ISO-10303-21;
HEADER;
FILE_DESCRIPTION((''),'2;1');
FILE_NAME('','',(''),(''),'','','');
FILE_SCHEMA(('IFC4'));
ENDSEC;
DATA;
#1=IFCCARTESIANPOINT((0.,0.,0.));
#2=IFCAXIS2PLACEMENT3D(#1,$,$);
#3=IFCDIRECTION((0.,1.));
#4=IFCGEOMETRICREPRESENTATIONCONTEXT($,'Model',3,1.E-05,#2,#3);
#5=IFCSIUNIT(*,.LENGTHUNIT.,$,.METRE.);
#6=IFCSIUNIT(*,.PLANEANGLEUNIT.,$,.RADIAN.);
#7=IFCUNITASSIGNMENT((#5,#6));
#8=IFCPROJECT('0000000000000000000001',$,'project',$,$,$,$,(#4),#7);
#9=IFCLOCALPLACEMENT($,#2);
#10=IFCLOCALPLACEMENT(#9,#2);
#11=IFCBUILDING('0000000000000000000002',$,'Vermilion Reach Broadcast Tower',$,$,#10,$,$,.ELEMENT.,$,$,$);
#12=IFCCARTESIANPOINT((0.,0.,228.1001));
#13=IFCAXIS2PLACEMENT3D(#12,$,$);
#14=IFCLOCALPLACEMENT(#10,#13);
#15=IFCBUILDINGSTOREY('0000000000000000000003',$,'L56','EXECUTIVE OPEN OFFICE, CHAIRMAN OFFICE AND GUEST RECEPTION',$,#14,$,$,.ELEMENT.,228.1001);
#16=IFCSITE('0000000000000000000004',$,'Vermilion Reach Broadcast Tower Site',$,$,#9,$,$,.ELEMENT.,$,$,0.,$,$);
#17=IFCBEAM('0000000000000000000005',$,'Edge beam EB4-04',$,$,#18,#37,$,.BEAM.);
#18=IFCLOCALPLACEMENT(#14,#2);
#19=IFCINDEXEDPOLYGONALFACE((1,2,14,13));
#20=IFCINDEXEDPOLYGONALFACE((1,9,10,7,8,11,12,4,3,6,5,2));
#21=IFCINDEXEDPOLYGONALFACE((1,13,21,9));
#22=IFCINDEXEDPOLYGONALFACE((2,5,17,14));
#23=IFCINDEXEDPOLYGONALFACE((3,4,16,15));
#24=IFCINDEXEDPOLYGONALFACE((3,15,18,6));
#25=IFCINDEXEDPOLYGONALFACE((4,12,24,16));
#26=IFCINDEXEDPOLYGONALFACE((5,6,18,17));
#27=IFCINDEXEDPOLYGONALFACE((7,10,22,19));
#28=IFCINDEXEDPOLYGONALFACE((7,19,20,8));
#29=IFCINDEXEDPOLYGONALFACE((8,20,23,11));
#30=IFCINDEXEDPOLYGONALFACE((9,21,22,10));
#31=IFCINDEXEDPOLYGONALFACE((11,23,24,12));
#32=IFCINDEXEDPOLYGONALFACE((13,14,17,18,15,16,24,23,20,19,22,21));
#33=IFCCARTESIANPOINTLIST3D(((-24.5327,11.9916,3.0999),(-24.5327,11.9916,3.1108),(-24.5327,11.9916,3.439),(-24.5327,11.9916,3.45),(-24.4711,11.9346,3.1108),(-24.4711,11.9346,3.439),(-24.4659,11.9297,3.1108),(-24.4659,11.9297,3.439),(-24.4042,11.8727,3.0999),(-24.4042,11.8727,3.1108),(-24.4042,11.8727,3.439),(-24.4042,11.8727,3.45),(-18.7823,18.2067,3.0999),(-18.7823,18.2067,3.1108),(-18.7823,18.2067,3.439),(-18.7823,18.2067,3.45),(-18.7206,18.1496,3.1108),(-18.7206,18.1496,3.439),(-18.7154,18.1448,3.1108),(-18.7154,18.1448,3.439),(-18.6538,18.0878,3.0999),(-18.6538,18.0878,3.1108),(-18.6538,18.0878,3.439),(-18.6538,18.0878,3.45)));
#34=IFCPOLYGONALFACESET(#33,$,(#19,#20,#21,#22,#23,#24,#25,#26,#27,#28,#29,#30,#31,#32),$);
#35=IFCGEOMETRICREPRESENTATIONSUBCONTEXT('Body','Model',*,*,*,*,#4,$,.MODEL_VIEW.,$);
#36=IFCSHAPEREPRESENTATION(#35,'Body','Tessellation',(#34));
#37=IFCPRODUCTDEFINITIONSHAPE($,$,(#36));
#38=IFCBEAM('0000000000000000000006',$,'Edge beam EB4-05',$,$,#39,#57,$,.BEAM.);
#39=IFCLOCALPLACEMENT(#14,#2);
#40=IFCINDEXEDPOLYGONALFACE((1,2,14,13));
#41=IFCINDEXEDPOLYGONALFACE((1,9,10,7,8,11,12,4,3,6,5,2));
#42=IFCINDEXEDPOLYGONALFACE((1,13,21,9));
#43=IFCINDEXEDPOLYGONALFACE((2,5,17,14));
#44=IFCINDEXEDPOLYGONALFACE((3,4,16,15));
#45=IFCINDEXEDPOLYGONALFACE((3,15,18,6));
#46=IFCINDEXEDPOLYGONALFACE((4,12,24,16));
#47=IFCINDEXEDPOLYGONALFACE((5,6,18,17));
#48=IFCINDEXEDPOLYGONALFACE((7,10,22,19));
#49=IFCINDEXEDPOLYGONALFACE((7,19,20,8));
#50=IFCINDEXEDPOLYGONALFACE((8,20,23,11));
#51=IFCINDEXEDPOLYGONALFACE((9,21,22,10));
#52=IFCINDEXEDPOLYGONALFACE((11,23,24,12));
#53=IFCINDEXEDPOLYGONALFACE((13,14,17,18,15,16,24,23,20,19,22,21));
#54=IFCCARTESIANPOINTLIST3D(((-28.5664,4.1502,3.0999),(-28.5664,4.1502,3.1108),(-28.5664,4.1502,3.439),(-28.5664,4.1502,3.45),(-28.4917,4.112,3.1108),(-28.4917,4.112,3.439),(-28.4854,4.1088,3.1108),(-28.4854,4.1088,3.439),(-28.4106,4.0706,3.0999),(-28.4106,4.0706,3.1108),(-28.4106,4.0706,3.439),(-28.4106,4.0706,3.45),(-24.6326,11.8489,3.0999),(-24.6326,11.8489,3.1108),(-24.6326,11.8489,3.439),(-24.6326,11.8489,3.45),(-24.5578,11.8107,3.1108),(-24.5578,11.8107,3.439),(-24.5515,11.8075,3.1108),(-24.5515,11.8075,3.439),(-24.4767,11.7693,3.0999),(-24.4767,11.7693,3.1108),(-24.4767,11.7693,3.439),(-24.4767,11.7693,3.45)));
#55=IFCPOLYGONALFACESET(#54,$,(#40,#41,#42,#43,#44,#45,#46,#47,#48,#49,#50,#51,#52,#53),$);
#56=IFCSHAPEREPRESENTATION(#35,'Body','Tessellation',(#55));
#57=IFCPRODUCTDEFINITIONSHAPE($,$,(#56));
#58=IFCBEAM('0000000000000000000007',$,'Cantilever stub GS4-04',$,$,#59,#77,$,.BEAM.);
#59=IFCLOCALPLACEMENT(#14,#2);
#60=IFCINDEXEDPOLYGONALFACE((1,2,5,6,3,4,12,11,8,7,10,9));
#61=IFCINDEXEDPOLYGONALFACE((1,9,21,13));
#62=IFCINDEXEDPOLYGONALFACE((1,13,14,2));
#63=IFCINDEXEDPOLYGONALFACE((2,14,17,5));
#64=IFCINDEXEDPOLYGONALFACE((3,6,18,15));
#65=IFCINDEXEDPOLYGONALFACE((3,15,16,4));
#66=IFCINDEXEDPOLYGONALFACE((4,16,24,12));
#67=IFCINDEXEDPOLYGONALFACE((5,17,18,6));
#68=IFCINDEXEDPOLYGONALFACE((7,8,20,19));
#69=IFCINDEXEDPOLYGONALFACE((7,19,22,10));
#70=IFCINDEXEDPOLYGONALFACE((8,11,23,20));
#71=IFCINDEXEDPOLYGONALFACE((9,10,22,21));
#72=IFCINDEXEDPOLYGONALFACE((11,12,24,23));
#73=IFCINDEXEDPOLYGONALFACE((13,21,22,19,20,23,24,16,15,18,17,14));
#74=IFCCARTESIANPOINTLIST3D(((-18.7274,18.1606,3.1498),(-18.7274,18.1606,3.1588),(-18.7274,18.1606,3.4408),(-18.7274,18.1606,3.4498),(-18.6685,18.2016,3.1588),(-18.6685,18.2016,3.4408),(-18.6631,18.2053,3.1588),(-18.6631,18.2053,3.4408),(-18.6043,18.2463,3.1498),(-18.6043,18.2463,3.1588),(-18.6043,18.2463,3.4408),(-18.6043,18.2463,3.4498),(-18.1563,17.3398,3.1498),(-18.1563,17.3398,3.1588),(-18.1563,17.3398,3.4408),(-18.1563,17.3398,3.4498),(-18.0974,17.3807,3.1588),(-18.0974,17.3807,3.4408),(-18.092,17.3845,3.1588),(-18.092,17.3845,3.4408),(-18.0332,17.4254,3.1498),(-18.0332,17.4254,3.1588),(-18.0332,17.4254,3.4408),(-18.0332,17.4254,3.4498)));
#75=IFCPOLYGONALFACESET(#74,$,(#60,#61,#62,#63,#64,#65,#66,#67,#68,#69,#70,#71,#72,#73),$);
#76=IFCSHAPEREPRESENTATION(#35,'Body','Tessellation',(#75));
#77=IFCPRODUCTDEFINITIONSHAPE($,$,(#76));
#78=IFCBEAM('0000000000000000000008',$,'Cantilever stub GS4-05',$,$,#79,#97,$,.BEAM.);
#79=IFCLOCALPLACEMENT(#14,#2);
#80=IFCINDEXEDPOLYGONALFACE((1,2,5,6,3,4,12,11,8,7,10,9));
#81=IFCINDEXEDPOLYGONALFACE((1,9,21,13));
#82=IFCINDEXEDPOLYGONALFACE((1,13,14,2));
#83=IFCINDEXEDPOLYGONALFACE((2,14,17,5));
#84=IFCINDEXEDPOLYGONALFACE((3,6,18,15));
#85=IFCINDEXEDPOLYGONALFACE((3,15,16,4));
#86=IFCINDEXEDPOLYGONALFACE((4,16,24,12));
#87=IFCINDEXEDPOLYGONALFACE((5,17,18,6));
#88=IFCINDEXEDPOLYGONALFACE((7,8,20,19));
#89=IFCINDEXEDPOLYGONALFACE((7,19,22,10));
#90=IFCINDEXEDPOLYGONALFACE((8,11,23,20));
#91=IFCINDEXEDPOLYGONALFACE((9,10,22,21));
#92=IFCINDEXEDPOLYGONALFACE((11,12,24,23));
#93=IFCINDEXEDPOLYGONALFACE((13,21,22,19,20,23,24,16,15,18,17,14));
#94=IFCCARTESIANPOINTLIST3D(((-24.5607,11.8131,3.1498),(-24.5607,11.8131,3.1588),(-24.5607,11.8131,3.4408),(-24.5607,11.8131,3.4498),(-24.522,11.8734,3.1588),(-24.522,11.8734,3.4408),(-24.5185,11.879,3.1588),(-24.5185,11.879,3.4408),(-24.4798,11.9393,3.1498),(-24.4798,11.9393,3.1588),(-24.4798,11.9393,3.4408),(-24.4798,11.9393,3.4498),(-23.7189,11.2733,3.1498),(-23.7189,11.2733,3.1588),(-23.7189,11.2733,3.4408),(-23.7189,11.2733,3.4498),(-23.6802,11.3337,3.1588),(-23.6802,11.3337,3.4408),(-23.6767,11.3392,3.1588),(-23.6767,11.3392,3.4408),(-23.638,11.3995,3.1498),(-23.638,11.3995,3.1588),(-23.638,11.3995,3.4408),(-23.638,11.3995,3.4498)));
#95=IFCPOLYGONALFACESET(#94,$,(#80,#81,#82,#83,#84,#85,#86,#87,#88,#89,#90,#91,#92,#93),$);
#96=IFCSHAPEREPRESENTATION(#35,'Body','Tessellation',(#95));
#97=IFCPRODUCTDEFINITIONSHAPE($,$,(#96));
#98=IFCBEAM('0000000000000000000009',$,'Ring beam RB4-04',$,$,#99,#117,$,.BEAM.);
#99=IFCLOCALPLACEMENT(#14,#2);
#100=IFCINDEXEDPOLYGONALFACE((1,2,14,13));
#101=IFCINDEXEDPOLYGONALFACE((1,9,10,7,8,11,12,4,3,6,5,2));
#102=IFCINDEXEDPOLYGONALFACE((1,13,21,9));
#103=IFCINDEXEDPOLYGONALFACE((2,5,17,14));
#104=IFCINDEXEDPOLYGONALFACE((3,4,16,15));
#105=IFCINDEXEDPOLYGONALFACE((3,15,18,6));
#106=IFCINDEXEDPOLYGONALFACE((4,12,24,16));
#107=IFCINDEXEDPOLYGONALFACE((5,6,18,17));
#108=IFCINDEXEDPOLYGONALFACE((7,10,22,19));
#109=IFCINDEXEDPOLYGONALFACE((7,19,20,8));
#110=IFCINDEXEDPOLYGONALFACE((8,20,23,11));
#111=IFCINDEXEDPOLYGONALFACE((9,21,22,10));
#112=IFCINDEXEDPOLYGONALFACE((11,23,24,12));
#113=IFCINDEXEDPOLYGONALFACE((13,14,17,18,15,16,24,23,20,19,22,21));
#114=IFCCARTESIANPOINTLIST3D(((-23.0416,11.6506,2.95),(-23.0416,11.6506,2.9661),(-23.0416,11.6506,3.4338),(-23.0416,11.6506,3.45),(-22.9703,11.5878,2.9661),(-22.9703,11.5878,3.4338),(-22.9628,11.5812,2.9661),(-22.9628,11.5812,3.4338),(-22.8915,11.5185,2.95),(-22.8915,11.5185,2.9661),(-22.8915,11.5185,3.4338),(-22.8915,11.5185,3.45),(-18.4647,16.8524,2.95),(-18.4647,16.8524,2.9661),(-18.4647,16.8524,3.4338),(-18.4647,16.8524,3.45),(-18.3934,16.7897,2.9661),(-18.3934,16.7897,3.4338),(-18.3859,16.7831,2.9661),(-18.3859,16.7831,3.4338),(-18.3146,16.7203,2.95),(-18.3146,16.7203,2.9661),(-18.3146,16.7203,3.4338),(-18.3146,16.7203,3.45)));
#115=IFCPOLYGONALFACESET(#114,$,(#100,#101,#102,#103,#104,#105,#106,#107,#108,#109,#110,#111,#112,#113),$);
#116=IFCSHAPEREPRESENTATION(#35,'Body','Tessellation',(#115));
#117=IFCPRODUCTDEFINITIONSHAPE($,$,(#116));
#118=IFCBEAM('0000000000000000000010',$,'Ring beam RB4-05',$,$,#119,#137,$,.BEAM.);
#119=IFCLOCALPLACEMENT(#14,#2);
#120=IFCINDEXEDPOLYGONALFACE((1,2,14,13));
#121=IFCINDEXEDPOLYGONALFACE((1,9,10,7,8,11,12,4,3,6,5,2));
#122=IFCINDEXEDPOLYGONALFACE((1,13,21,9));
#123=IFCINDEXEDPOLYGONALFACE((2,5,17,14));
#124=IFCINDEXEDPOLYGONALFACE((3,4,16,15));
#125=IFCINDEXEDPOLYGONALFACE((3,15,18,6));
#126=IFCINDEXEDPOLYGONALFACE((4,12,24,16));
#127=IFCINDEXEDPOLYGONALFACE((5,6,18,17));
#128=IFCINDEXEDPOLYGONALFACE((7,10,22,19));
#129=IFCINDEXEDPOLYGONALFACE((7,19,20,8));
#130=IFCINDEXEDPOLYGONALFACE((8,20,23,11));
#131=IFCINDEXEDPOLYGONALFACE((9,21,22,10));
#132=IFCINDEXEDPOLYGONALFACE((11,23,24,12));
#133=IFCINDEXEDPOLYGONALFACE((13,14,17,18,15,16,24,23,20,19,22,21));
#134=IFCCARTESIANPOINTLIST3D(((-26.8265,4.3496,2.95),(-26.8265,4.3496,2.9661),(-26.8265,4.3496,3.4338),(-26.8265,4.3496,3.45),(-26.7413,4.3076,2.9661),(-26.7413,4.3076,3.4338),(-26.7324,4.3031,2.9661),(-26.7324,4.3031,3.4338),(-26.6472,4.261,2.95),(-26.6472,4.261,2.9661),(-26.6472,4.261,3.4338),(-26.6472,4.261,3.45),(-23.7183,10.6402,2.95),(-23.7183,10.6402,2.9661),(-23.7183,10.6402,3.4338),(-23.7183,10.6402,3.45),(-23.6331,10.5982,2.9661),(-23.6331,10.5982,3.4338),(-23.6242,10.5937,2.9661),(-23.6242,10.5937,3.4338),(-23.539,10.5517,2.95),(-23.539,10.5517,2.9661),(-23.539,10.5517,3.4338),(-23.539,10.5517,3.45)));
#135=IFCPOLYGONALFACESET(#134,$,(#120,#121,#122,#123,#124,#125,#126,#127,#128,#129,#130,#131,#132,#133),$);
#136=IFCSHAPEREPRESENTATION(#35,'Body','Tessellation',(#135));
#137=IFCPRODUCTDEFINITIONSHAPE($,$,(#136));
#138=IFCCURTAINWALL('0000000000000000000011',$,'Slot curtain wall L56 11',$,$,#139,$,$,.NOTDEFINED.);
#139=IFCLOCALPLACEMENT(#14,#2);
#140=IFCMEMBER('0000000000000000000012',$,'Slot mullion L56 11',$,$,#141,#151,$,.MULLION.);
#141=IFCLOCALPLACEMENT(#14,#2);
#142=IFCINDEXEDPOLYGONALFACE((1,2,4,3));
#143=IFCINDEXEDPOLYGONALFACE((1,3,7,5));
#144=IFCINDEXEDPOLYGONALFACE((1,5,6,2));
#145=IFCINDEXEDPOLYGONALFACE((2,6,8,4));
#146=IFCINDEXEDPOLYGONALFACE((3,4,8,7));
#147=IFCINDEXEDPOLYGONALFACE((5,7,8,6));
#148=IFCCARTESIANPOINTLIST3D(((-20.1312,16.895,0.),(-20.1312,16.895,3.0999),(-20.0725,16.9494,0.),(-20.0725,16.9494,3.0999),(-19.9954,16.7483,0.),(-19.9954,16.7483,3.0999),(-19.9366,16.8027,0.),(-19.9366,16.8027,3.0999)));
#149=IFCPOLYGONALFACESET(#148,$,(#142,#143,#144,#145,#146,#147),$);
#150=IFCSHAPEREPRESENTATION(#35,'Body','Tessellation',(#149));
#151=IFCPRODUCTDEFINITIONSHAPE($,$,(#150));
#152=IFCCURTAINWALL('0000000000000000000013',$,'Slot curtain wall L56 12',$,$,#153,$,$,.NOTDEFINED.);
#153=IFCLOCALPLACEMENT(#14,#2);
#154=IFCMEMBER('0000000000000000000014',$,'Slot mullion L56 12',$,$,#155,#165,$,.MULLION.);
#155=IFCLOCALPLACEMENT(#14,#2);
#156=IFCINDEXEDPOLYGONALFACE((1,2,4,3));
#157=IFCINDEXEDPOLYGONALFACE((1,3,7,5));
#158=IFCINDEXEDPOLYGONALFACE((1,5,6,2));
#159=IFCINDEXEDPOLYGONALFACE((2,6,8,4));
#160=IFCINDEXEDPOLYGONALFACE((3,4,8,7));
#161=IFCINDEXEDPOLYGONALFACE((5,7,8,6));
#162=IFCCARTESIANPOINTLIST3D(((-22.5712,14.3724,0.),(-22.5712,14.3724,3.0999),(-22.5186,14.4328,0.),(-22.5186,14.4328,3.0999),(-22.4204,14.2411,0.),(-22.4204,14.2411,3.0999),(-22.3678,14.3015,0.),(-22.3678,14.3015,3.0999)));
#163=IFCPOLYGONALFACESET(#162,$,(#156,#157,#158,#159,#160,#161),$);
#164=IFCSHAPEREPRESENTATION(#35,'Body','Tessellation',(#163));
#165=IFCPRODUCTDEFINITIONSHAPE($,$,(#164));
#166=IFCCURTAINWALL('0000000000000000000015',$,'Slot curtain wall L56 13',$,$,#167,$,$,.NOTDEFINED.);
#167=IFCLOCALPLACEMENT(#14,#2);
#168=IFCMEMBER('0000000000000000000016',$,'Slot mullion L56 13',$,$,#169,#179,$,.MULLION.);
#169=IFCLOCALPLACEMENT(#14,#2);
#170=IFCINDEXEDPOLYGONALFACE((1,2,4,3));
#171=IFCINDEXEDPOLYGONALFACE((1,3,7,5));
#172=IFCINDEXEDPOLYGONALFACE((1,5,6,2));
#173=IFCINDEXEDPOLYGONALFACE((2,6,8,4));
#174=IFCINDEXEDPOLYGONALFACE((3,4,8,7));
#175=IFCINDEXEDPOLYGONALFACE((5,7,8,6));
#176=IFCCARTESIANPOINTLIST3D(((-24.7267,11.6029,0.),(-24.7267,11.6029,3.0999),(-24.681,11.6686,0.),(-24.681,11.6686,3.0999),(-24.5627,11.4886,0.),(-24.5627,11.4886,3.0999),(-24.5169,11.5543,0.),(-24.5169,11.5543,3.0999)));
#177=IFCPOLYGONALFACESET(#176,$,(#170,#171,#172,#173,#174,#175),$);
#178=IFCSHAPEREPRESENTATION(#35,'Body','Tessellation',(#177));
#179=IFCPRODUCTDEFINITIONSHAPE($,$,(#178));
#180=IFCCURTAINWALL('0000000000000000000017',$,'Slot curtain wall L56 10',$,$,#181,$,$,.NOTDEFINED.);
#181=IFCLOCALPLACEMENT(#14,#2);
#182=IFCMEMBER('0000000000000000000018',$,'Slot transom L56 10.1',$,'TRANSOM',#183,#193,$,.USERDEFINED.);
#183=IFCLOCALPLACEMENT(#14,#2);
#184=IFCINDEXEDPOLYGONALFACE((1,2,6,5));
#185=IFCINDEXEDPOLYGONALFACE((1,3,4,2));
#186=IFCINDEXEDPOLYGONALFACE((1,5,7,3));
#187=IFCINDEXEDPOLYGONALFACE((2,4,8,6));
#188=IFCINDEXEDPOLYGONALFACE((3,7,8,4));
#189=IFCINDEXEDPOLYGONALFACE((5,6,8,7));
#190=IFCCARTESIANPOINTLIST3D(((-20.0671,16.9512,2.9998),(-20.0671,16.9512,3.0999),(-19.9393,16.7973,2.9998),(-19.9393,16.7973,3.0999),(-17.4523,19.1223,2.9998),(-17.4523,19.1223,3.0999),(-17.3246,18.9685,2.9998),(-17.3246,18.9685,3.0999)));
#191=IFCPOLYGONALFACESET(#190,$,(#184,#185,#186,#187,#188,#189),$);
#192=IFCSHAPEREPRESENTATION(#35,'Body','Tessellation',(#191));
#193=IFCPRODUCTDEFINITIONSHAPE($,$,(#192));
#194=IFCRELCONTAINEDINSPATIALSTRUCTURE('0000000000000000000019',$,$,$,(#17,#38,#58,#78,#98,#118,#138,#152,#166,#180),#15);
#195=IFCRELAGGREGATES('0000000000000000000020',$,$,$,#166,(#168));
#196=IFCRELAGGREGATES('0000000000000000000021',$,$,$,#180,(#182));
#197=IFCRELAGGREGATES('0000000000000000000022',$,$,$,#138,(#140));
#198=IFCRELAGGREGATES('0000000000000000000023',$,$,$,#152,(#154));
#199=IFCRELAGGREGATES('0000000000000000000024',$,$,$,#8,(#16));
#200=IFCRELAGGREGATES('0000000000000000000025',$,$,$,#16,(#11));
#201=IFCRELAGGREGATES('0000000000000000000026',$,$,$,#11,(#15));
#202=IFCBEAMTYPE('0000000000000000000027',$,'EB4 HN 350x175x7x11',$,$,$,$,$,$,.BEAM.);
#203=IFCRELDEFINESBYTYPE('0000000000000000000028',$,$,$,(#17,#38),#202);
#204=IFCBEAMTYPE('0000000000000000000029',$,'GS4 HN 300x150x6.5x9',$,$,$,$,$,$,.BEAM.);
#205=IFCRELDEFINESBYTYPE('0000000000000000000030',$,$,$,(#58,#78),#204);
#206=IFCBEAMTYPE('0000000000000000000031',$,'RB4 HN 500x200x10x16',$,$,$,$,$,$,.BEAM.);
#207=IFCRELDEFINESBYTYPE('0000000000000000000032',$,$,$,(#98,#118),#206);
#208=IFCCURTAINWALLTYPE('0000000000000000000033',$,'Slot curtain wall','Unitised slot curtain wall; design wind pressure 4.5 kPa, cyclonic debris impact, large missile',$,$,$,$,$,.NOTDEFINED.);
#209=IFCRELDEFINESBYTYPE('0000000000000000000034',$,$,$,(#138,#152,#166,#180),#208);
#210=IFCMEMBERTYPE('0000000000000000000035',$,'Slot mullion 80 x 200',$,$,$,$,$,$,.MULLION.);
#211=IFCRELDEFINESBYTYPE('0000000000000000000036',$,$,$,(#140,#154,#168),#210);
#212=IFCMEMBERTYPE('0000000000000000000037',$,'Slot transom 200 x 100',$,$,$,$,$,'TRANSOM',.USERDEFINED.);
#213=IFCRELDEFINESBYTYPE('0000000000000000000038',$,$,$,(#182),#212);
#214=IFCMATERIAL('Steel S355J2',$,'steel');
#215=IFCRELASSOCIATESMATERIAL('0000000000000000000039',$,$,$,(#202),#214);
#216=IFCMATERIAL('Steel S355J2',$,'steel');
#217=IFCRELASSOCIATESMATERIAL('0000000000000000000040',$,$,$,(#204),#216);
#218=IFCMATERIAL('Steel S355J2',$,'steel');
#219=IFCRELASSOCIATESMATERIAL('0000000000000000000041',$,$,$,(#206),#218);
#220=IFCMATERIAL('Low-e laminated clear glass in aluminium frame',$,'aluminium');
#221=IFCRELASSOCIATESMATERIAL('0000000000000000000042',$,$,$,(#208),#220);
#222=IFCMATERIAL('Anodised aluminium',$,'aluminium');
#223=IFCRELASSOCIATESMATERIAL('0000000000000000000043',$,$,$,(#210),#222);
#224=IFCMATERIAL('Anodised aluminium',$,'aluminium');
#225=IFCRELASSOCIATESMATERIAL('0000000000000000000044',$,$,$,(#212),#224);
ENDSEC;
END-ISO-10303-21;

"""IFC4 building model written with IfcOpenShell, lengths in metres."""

from ifc_helpers import new_model, si_unit, direction, frame, origin, origin_2d, place, context, subcontext, project, spatial, rectangle, i_section, extrude, material, material_profile, profile_set, type_object, element, aggregate, save


model = new_model("IFC4")

# Units and contexts
model_context = context("Model", 3, precision=1e-05, world=origin(), true_north=direction((0.0, 1.0)))
body_context = subcontext(model_context, "Body", "Model", "MODEL_VIEW")
ifc_project = project(units=[si_unit("LENGTHUNIT", "METRE"), si_unit("PLANEANGLEUNIT", "RADIAN")], contexts=[model_context])

# Site, building, storey
site_placement = place(None, origin())
site = spatial("IfcSite", under=ifc_project, at=site_placement, Name="Vermilion Reach Broadcast Tower Site", CompositionType="ELEMENT", RefElevation=0.0)
building_placement = place(site_placement, origin())
building = spatial("IfcBuilding", under=site, at=building_placement, Name="Vermilion Reach Broadcast Tower", CompositionType="ELEMENT")
storey_placement = place(building_placement, frame((0.0, 0.0, 228.1001)))
storey = spatial("IfcBuildingStorey", under=building, at=storey_placement, Name="L56", Description="EXECUTIVE OPEN OFFICE, CHAIRMAN OFFICE AND GUEST RECEPTION", CompositionType="ELEMENT", Elevation=228.1001)

# Beams
ifc_material_1 = material(Name="Steel S355J2", Category="steel")
ifc_material_profile_1 = material_profile(ifc_material_1, i_section(OverallWidth=0.175, OverallDepth=0.3501, WebThickness=0.0071, FlangeThickness=0.011, at=origin_2d()), Name="S355J2 HN 350x175x7x11")
ifc_profile_set_1 = profile_set([ifc_material_profile_1], Name="Steel S355J2")
beam_type_1 = type_object("IfcBeamType", Name="EB4 HN 350x175x7x11", PredefinedType="BEAM", material=ifc_profile_set_1)
beam_1_placement = place(storey_placement, frame((-18.718, 18.1472, 3.2749), z_axis=(-0.679139, -0.734009, 0.0), x_axis=(0.734009, -0.679139, 0.0)))
element("IfcBeam", 1, at=beam_1_placement, inside=storey, type_object=beam_type_1, Name="Edge beam EB4-04", PredefinedType="BEAM", context=body_context, shape_type="SweptSolid", body=[
    extrude(i_section(OverallWidth=0.175, OverallDepth=0.3501, WebThickness=0.0071, FlangeThickness=0.011, at=origin_2d()), origin(), (0.0, 0.0, 1.0), 8.4673),
])
beam_2_placement = place(storey_placement, frame((-24.5547, 11.8091, 3.2749), z_axis=(-0.455013, -0.890485, 0.0), x_axis=(0.890485, -0.455013, 0.0)))
element("IfcBeam", 2, at=beam_2_placement, inside=storey, type_object=beam_type_1, Name="Edge beam EB4-05", PredefinedType="BEAM", context=body_context, shape_type="SweptSolid", body=[
    extrude(i_section(OverallWidth=0.175, OverallDepth=0.3501, WebThickness=0.0071, FlangeThickness=0.011, at=origin_2d()), origin(), (0.0, 0.0, 1.0), 8.6455),
])
ifc_material_2 = material(Name="Steel S355J2", Category="steel")
ifc_material_profile_2 = material_profile(ifc_material_2, i_section(OverallWidth=0.1499, OverallDepth=0.3, WebThickness=0.0066, FlangeThickness=0.009, at=origin_2d()), Name="S355J2 HN 300x150x6.5x9")
ifc_profile_set_2 = profile_set([ifc_material_profile_2], Name="Steel S355J2")
beam_type_2 = type_object("IfcBeamType", Name="GS4 HN 300x150x6.5x9", PredefinedType="BEAM", material=ifc_profile_set_2)
for number, where, z_axis, x_axis, name in (
    (3, (-18.0947, 17.3826, 3.2998), (-0.5711, 0.82088, 0.0), (-0.82088, -0.5711, 0.0), "Cantilever stub GS4-04"),
    (4, (-23.6785, 11.3364, 3.2998), (-0.841797, 0.539795, 0.0), (-0.539795, -0.841797, 0.0), "Cantilever stub GS4-05"),
):
    element("IfcBeam", number, at=place(storey_placement, frame(where, z_axis=z_axis, x_axis=x_axis)), inside=storey, type_object=beam_type_2, Name=name, PredefinedType="BEAM", context=body_context, shape_type="SweptSolid", body=[
        extrude(i_section(OverallWidth=0.1499, OverallDepth=0.3, WebThickness=0.0066, FlangeThickness=0.009, at=origin_2d()), origin(), (0.0, 0.0, 1.0), 1.0),
    ])
ifc_material_3 = material(Name="Steel S355J2", Category="steel")
ifc_material_profile_3 = material_profile(ifc_material_3, i_section(OverallWidth=0.2, OverallDepth=0.5, WebThickness=0.01, FlangeThickness=0.0161, at=origin_2d()), Name="S355J2 HN 500x200x10x16")
ifc_profile_set_3 = profile_set([ifc_material_profile_3], Name="Steel S355J2")
beam_type_3 = type_object("IfcBeamType", Name="RB4 HN 500x200x10x16", PredefinedType="BEAM", material=ifc_profile_set_3)
beam_3_placement = place(storey_placement, frame((-18.3896, 16.7864, 3.2), z_axis=(-0.660565, -0.750769, 0.0), x_axis=(0.750769, -0.660565, 0.0)))
element("IfcBeam", 5, at=beam_3_placement, inside=storey, type_object=beam_type_3, Name="Ring beam RB4-04", PredefinedType="BEAM", context=body_context, shape_type="SweptSolid", body=[
    extrude(i_section(OverallWidth=0.2, OverallDepth=0.5, WebThickness=0.01, FlangeThickness=0.0161, at=origin_2d()), origin(), (0.0, 0.0, 1.0), 6.9287),
])
beam_4_placement = place(storey_placement, frame((-23.6287, 10.5959, 3.2), z_axis=(-0.442977, -0.896533, 0.0), x_axis=(0.896533, -0.442977, 0.0)))
element("IfcBeam", 6, at=beam_4_placement, inside=storey, type_object=beam_type_3, Name="Ring beam RB4-05", PredefinedType="BEAM", context=body_context, shape_type="SweptSolid", body=[
    extrude(i_section(OverallWidth=0.2, OverallDepth=0.5, WebThickness=0.01, FlangeThickness=0.0161, at=origin_2d()), origin(), (0.0, 0.0, 1.0), 7.0166),
])

# Curtain walls, members
ifc_material_4 = material(Name="Low-e laminated clear glass in aluminium frame", Category="aluminium")
curtain_wall_type = type_object("IfcCurtainWallType", Name="Slot curtain wall", Description="Unitised slot curtain wall; design wind pressure 4.5 kPa, cyclonic debris impact, large missile", PredefinedType="NOTDEFINED", material=ifc_material_4)
placement = place(storey_placement, origin())
curtain_wall_1 = element("IfcCurtainWall", 7, at=placement, inside=storey, type_object=curtain_wall_type, Name="Slot curtain wall L56 11", PredefinedType="NOTDEFINED")
ifc_material_5 = material(Name="Anodised aluminium", Category="aluminium")
ifc_material_profile_4 = material_profile(ifc_material_5, rectangle(XDim=0.2, YDim=0.0801, at=origin_2d()), Name="Slot mullion 80 x 200")
ifc_profile_set_4 = profile_set([ifc_material_profile_4], Name="Anodised aluminium")
member_type_1 = type_object("IfcMemberType", Name="Slot mullion 80 x 200", PredefinedType="MULLION", material=ifc_profile_set_4)
member_1_placement = place(storey_placement, frame((-20.0339, 16.8489, 0.0), z_axis=(0.0, 0.0, 1.0), x_axis=(0.679365, -0.7338, 0.0)))
member_1 = element("IfcMember", 8, at=member_1_placement, type_object=member_type_1, Name="Slot mullion L56 11", PredefinedType="MULLION", context=body_context, shape_type="SweptSolid", body=[
    extrude(rectangle(XDim=0.2, YDim=0.0801, at=origin_2d()), origin(), (0.0, 0.0, 1.0), 3.0999),
])
curtain_wall_2 = element("IfcCurtainWall", 9, at=placement, inside=storey, type_object=curtain_wall_type, Name="Slot curtain wall L56 12", PredefinedType="NOTDEFINED")
member_2_placement = place(storey_placement, frame((-22.4695, 14.3369, 0.0), z_axis=(0.0, 0.0, 1.0), x_axis=(0.754251, -0.656586, 0.0)))
member_2 = element("IfcMember", 10, at=member_2_placement, type_object=member_type_1, Name="Slot mullion L56 12", PredefinedType="MULLION", context=body_context, shape_type="SweptSolid", body=[
    extrude(rectangle(XDim=0.2, YDim=0.0801, at=origin_2d()), origin(), (0.0, 0.0, 1.0), 3.0999),
])
curtain_wall_3 = element("IfcCurtainWall", 11, at=placement, inside=storey, type_object=curtain_wall_type, Name="Slot curtain wall L56 13", PredefinedType="NOTDEFINED")
member_3_placement = place(storey_placement, frame((-24.6218, 11.5786, 0.0), z_axis=(0.0, 0.0, 1.0), x_axis=(0.820411, -0.571775, 0.0)))
member_3 = element("IfcMember", 12, at=member_3_placement, type_object=member_type_1, Name="Slot mullion L56 13", PredefinedType="MULLION", context=body_context, shape_type="SweptSolid", body=[
    extrude(rectangle(XDim=0.2, YDim=0.0801, at=origin_2d()), origin(), (0.0, 0.0, 1.0), 3.0999),
])
curtain_wall_4 = element("IfcCurtainWall", 13, at=placement, inside=storey, type_object=curtain_wall_type, Name="Slot curtain wall L56 10", PredefinedType="NOTDEFINED")
ifc_material_6 = material(Name="Anodised aluminium", Category="aluminium")
ifc_material_profile_5 = material_profile(ifc_material_6, rectangle(XDim=0.2, YDim=0.1001, at=origin_2d()), Name="Slot transom 200 x 100")
ifc_profile_set_5 = profile_set([ifc_material_profile_5], Name="Anodised aluminium")
member_type_2 = type_object("IfcMemberType", Name="Slot transom 200 x 100", ElementType="TRANSOM", PredefinedType="USERDEFINED", material=ifc_profile_set_5)
member_4_placement = place(storey_placement, frame((-17.3884, 19.0454, 3.0498), z_axis=(-0.769351, -0.638827, 0.0), x_axis=(0.638827, -0.769351, 0.0)))
member_4 = element("IfcMember", 14, at=member_4_placement, type_object=member_type_2, Name="Slot transom L56 10.1", ObjectType="TRANSOM", PredefinedType="USERDEFINED", context=body_context, shape_type="SweptSolid", body=[
    extrude(rectangle(XDim=0.2, YDim=0.1001, at=origin_2d()), origin(), (0.0, 0.0, 1.0), 3.3987),
])

aggregate(curtain_wall_3, [member_3])

aggregate(curtain_wall_4, [member_4])
aggregate(curtain_wall_1, [member_1])
aggregate(curtain_wall_2, [member_2])

save(model, "model.ifc")
